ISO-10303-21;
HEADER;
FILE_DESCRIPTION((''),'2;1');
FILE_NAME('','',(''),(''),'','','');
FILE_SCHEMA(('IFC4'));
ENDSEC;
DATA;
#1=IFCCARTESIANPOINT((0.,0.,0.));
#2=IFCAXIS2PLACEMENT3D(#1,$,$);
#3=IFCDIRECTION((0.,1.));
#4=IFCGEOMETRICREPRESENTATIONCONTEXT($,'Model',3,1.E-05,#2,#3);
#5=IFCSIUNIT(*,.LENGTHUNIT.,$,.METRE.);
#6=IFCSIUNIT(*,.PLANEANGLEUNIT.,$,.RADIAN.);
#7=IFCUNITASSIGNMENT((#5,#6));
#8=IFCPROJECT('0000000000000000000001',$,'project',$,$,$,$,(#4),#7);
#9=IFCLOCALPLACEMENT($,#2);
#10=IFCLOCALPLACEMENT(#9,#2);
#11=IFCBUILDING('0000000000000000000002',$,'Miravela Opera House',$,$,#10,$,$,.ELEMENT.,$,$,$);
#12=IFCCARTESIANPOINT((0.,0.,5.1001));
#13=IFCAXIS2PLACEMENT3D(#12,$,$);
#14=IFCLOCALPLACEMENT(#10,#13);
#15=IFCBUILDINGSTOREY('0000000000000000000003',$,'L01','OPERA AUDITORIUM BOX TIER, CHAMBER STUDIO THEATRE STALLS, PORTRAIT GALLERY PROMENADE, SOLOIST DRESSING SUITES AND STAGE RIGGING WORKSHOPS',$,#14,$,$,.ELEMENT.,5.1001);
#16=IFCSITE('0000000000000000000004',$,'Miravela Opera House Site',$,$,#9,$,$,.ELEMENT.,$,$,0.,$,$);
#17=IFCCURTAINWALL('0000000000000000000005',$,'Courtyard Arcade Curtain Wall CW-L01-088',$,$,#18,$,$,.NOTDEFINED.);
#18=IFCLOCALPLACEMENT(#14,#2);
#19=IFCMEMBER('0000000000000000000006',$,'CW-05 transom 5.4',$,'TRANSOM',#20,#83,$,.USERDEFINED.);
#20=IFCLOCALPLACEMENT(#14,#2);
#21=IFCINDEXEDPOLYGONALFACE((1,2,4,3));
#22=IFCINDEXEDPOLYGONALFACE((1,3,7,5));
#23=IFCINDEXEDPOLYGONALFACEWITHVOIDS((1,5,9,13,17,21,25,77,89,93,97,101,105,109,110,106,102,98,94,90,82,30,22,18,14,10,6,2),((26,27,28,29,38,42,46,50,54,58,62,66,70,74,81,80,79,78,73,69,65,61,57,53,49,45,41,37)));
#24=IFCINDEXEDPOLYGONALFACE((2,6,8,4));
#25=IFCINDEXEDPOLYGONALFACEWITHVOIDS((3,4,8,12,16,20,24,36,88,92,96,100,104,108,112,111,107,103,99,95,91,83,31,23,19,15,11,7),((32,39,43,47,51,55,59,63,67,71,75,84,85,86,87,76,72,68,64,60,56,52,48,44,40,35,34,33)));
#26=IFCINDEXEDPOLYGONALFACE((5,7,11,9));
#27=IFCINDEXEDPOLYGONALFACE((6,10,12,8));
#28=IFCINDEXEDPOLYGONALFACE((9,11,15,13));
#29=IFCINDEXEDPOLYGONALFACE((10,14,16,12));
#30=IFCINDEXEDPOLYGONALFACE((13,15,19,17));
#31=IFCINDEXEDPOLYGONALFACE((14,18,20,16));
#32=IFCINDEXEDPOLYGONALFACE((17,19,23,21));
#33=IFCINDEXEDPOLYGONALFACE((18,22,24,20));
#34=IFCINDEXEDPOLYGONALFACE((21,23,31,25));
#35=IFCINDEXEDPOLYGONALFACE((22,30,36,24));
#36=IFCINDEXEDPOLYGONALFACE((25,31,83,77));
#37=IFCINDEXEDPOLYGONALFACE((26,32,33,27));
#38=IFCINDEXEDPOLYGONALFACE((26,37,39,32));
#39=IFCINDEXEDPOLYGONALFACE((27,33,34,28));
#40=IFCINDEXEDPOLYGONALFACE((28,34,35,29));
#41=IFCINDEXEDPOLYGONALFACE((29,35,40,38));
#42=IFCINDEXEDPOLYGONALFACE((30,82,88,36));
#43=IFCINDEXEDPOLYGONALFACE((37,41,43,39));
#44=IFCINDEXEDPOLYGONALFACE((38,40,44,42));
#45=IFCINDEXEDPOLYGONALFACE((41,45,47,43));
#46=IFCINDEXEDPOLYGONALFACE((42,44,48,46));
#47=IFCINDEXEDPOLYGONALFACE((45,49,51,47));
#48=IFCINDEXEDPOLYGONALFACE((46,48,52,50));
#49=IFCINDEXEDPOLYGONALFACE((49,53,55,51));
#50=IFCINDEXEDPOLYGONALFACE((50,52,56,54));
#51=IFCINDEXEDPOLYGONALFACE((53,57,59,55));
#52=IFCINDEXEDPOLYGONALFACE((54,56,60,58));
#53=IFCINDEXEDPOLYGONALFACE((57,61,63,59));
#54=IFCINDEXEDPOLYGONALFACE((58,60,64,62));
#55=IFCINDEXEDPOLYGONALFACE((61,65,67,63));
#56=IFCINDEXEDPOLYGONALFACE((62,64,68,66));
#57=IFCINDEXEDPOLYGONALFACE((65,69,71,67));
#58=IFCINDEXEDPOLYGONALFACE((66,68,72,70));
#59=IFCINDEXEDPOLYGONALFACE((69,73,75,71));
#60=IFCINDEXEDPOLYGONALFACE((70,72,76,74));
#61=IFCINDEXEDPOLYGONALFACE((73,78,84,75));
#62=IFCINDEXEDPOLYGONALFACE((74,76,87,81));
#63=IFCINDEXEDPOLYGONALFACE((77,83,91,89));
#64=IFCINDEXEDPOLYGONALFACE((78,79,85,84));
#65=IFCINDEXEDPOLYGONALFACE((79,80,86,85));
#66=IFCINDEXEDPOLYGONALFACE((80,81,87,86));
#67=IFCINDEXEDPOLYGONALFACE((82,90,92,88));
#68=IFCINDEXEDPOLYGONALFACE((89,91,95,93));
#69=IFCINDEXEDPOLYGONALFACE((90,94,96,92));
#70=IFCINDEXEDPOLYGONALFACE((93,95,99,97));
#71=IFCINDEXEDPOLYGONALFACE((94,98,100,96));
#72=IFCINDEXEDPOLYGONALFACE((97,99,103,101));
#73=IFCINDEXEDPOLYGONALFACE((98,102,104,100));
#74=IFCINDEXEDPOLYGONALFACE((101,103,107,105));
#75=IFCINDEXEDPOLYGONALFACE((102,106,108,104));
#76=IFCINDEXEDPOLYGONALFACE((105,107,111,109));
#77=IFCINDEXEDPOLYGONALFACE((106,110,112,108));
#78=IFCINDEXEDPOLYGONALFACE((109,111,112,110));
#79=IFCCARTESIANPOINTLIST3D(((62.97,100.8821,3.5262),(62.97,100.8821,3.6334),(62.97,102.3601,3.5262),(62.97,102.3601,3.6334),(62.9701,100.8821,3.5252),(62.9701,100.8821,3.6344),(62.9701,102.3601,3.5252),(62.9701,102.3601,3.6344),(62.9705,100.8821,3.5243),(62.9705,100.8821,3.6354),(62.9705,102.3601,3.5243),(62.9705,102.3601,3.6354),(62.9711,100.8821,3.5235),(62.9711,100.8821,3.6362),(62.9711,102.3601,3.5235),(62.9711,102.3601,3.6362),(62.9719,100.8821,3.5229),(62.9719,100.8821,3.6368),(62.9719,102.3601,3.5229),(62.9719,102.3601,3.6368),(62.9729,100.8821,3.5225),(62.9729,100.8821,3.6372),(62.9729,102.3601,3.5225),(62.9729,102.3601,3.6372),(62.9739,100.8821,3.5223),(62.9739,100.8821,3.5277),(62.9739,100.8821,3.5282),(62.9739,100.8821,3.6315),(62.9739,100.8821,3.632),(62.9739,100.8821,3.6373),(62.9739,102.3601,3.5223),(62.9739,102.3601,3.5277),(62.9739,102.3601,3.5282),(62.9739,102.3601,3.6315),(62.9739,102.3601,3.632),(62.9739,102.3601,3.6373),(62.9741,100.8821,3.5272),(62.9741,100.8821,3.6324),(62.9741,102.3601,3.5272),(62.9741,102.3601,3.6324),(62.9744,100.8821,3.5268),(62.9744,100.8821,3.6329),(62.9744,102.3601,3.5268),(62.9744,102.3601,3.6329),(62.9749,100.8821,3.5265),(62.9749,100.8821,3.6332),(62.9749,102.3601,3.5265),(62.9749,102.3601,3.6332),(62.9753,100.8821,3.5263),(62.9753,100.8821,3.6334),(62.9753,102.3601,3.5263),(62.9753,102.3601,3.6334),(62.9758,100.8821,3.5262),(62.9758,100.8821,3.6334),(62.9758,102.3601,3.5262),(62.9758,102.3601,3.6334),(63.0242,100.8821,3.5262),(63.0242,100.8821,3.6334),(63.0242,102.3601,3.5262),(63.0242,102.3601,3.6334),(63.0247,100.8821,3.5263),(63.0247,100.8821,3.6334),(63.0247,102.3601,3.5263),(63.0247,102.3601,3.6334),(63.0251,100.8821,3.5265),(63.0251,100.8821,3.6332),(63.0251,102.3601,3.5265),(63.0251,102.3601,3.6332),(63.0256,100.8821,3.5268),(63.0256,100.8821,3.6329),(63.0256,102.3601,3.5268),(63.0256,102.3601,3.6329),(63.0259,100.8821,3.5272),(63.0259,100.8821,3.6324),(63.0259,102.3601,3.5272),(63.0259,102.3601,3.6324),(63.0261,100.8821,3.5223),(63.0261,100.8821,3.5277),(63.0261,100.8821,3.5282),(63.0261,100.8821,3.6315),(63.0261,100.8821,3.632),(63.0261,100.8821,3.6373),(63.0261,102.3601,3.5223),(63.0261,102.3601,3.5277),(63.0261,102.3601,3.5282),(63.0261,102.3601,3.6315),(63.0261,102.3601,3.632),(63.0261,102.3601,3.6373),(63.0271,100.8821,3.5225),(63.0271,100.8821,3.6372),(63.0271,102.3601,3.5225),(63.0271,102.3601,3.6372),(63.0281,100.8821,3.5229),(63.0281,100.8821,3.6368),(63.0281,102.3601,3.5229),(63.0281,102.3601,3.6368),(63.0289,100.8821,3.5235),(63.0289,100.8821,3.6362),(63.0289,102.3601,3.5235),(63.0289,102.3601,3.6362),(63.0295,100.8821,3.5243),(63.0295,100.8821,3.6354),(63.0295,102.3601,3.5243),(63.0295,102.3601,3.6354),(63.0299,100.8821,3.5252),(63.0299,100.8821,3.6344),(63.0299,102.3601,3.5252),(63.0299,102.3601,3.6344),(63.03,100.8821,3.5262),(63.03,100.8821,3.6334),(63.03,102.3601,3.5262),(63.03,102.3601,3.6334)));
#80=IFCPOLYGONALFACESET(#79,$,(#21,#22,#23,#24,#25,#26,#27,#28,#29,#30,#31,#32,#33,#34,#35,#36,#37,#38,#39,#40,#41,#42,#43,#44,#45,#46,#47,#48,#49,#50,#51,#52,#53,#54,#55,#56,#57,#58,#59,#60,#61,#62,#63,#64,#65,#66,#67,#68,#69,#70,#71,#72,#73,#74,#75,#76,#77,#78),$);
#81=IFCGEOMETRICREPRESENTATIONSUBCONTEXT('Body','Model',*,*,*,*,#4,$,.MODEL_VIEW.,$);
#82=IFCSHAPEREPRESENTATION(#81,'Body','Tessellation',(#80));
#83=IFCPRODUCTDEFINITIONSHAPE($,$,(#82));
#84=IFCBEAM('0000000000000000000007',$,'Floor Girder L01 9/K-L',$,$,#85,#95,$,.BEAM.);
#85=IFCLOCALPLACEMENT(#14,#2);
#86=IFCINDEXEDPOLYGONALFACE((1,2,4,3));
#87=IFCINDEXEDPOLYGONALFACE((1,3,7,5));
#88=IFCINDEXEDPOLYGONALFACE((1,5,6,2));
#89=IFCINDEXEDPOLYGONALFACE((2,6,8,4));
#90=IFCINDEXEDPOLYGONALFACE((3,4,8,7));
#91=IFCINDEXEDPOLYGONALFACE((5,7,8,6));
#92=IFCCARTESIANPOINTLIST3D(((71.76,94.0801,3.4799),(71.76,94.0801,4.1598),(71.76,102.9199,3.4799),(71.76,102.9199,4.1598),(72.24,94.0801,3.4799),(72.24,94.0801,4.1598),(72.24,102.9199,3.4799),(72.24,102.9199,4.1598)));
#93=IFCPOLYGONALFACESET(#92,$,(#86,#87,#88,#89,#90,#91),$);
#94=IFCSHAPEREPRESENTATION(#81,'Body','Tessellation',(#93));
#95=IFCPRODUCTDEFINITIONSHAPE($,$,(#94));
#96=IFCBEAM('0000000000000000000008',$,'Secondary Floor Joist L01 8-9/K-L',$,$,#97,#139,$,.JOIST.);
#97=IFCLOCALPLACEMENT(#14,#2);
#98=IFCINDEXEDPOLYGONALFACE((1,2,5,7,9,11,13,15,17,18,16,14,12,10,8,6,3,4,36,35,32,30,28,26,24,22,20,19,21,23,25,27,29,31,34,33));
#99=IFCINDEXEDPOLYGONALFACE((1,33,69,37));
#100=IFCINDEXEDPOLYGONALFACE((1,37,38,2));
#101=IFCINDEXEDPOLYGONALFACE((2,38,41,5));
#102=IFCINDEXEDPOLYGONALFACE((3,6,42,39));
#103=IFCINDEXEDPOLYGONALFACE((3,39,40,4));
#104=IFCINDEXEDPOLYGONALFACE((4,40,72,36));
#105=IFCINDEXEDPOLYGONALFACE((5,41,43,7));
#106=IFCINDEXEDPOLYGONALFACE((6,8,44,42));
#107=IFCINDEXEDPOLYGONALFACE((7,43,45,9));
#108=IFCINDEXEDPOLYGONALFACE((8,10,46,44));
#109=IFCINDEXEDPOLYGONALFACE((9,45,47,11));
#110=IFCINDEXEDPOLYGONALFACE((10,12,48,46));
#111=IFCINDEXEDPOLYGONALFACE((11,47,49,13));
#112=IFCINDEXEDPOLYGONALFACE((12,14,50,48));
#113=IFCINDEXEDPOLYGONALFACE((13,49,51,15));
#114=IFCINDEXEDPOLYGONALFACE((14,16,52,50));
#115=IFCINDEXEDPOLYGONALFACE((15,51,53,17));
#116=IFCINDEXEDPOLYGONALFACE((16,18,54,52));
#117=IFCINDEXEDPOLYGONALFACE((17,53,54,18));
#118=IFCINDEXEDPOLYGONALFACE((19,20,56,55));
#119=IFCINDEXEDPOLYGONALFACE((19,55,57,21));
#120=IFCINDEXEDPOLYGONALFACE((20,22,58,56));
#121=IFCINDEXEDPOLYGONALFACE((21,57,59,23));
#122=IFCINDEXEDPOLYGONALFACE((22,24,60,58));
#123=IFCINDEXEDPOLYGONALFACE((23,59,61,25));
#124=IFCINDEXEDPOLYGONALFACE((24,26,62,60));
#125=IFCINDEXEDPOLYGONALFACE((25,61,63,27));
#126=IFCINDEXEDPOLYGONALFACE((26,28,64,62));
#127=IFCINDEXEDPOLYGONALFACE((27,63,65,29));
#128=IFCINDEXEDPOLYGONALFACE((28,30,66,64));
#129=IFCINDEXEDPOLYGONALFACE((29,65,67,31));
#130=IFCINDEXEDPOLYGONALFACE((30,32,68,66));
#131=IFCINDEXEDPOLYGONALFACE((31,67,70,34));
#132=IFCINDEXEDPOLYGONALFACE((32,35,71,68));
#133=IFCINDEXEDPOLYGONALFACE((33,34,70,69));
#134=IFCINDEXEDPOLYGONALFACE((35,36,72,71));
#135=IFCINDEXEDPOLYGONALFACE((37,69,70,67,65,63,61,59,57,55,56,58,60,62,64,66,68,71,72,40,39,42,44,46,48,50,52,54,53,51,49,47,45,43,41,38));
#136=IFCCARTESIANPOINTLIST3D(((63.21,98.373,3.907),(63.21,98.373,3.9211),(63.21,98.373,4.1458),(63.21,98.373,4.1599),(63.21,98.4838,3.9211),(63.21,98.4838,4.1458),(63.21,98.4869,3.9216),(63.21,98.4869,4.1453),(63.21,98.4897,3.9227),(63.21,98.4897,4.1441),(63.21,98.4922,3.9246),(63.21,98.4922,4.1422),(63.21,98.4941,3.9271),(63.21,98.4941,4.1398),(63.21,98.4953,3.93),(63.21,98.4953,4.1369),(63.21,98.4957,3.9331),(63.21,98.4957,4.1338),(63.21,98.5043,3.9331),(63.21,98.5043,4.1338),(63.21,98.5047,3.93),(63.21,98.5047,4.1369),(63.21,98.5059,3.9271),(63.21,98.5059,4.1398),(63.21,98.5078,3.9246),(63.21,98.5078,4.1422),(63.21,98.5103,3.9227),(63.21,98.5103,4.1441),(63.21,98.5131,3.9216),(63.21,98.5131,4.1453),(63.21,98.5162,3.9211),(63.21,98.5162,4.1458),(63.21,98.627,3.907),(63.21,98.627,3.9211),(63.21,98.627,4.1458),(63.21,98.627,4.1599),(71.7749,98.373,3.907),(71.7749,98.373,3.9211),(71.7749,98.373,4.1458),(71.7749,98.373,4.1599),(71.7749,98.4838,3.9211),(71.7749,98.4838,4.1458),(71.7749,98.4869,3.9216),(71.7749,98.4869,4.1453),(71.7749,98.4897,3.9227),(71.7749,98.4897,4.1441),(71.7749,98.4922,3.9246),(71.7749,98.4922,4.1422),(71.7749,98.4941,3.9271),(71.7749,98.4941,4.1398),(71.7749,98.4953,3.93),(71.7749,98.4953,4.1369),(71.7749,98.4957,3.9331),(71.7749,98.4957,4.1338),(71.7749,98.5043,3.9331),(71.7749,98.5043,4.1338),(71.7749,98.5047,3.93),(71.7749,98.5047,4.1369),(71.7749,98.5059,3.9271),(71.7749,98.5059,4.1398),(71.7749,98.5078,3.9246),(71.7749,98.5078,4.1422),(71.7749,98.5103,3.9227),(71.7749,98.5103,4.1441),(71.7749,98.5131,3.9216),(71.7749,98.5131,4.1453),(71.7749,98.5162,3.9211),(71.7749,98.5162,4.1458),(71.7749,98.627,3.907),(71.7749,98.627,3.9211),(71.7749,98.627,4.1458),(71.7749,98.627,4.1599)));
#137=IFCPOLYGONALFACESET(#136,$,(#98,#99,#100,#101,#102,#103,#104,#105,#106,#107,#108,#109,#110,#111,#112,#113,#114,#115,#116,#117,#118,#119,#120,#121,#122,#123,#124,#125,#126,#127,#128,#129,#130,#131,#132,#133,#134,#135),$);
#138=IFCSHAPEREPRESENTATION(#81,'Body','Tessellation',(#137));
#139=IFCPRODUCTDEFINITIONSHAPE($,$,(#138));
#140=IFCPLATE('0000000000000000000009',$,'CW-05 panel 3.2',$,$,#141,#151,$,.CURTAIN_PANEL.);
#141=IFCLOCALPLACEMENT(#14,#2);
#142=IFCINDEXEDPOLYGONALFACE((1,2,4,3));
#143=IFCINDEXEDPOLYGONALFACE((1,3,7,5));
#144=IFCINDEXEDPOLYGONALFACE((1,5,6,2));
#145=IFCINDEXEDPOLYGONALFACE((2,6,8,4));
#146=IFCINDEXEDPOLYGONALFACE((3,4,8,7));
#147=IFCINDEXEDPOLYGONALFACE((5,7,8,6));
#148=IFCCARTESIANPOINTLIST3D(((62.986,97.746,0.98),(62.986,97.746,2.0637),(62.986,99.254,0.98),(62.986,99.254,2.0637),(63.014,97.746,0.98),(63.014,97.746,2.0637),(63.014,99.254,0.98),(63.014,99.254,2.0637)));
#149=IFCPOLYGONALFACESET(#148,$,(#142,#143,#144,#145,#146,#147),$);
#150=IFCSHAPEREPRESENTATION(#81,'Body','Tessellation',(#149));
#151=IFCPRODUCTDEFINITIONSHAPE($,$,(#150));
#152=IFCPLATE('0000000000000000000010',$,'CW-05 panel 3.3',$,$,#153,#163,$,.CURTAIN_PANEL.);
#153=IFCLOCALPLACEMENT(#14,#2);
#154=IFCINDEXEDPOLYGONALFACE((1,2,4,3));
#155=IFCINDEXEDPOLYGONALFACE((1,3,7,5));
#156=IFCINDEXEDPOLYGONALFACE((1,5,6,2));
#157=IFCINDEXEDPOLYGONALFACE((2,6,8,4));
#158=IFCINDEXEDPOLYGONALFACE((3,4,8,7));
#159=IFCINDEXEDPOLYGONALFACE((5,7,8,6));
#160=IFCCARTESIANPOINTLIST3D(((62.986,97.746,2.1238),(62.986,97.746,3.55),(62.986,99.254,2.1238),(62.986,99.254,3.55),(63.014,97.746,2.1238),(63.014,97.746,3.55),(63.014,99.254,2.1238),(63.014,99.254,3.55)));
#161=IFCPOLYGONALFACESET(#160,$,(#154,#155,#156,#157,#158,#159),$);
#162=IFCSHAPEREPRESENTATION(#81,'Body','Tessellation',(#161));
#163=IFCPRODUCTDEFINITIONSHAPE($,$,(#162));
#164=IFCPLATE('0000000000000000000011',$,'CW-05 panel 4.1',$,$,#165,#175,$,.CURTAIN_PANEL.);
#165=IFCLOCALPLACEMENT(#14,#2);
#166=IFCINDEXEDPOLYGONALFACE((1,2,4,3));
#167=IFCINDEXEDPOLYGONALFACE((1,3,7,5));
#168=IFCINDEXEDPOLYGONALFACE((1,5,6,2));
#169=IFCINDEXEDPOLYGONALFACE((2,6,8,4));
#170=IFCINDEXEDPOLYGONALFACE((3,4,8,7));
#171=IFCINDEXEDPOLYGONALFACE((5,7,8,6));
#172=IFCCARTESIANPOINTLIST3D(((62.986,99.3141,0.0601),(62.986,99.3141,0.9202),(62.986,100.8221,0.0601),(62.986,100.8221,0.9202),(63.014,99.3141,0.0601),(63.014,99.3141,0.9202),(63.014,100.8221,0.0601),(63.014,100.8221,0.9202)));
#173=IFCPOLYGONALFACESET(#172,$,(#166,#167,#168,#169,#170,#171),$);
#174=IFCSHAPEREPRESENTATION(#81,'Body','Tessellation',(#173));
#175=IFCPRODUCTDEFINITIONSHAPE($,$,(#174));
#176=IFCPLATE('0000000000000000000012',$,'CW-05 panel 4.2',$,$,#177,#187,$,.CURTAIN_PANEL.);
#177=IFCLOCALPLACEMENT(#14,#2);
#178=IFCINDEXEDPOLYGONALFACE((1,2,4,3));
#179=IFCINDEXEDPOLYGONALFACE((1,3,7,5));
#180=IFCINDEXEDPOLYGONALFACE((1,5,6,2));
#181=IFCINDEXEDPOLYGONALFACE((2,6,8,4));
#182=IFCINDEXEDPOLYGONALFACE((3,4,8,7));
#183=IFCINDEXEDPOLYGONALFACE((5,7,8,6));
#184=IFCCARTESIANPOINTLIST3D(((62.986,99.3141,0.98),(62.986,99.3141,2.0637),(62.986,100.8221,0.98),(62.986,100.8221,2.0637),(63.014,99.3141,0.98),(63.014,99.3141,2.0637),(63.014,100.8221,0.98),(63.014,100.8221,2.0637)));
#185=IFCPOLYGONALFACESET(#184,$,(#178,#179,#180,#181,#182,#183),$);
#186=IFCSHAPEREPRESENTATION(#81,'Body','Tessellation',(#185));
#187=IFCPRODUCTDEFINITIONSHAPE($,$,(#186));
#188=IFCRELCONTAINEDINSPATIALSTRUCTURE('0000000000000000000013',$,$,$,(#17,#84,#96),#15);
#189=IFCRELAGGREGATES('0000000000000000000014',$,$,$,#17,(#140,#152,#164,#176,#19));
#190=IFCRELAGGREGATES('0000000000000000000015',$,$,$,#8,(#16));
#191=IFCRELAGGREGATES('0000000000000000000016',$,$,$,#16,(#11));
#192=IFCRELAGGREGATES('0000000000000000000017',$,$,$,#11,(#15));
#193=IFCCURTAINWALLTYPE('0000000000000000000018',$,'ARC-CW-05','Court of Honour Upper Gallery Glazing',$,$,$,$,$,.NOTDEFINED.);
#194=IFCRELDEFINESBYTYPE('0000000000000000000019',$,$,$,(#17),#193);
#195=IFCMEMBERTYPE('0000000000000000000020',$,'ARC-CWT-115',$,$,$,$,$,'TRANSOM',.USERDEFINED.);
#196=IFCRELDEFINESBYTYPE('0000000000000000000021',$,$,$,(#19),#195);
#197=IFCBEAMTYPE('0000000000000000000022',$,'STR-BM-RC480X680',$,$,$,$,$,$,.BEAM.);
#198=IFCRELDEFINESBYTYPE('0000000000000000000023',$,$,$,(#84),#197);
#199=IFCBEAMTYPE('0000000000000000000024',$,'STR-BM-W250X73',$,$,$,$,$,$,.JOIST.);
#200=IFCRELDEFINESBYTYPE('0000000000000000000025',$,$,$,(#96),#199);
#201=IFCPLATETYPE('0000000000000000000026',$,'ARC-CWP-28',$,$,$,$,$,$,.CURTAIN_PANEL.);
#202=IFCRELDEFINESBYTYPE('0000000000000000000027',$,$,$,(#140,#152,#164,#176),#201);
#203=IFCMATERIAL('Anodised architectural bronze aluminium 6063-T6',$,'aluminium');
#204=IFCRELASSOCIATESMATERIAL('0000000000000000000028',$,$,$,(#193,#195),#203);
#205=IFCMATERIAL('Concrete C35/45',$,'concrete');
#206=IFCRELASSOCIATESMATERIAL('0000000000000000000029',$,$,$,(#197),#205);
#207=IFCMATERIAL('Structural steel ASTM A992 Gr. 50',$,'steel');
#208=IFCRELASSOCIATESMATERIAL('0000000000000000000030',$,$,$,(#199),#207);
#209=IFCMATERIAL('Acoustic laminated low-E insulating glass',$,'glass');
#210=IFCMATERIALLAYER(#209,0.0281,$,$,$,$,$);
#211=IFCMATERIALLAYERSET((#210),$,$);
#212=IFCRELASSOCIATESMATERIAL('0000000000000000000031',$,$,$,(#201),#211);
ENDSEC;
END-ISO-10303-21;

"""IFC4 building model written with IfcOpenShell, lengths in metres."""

from ifc_helpers import new_model, si_unit, direction, frame, origin, origin_2d, place, context, subcontext, project, spatial, rectangle, hollow_rectangle, i_section, extrude, material, layer, layer_set, material_profile, profile_set, type_object, element, aggregate, save


model = new_model("IFC4")

# Units and contexts
model_context = context("Model", 3, precision=1e-05, world=origin(), true_north=direction((0.0, 1.0)))
body_context = subcontext(model_context, "Body", "Model", "MODEL_VIEW")
ifc_project = project(units=[si_unit("LENGTHUNIT", "METRE"), si_unit("PLANEANGLEUNIT", "RADIAN")], contexts=[model_context])

# Site, building, storey
site_placement = place(None, origin())
site = spatial("IfcSite", under=ifc_project, at=site_placement, Name="Miravela Opera House Site", CompositionType="ELEMENT", RefElevation=0.0)
building_placement = place(site_placement, origin())
building = spatial("IfcBuilding", under=site, at=building_placement, Name="Miravela Opera House", CompositionType="ELEMENT")
storey_placement = place(building_placement, frame((0.0, 0.0, 5.1001)))
storey = spatial("IfcBuildingStorey", under=building, at=storey_placement, Name="L01", Description="OPERA AUDITORIUM BOX TIER, CHAMBER STUDIO THEATRE STALLS, PORTRAIT GALLERY PROMENADE, SOLOIST DRESSING SUITES AND STAGE RIGGING WORKSHOPS", CompositionType="ELEMENT", Elevation=5.1001)

# Curtain wall, member
ifc_material_1 = material(Name="Anodised architectural bronze aluminium 6063-T6", Category="aluminium")
curtain_wall_type = type_object("IfcCurtainWallType", Name="ARC-CW-05", Description="Court of Honour Upper Gallery Glazing", PredefinedType="NOTDEFINED", material=ifc_material_1)
curtain_wall_placement = place(storey_placement, origin())
curtain_wall = element("IfcCurtainWall", 1, at=curtain_wall_placement, inside=storey, type_object=curtain_wall_type, Name="Courtyard Arcade Curtain Wall CW-L01-088", PredefinedType="NOTDEFINED")
ifc_material_profile_1 = material_profile(ifc_material_1, hollow_rectangle(XDim=0.0601, YDim=0.115, WallThickness=0.0039, InnerFilletRadius=0.002, OuterFilletRadius=0.0039, at=origin_2d()), Name="CWT-60X115")
ifc_profile_set_1 = profile_set([ifc_material_profile_1])
member_type_1 = type_object("IfcMemberType", Name="ARC-CWT-115", ElementType="TRANSOM", PredefinedType="USERDEFINED", material=ifc_profile_set_1)
member_1_placement = place(storey_placement, frame((63.0, 100.8821, 3.5798), z_axis=(0.0, 1.0, 0.0), x_axis=(-1.0, 0.0, 0.0)))
member_1 = element("IfcMember", 2, at=member_1_placement, type_object=member_type_1, Name="CW-05 transom 5.4", ObjectType="TRANSOM", PredefinedType="USERDEFINED", context=body_context, shape_type="SweptSolid", body=[
    extrude(hollow_rectangle(XDim=0.0601, YDim=0.115, WallThickness=0.0039, InnerFilletRadius=0.002, OuterFilletRadius=0.0039, at=origin_2d()), origin(), (0.0, 0.0, 1.0), 1.478),
])

# Beams
ifc_material_2 = material(Name="Concrete C35/45", Category="concrete")
ifc_material_profile_2 = material_profile(ifc_material_2, rectangle(XDim=0.48, YDim=0.6799, at=origin_2d()), Name="RC-BM-480X680")
ifc_profile_set_2 = profile_set([ifc_material_profile_2])
beam_type_1 = type_object("IfcBeamType", Name="STR-BM-RC480X680", PredefinedType="BEAM", material=ifc_profile_set_2)
beam_1_placement = place(storey_placement, frame((72.0, 94.0801, 3.8198), z_axis=(0.0, 1.0, 0.0), x_axis=(-1.0, 0.0, 0.0)))
element("IfcBeam", 3, at=beam_1_placement, inside=storey, type_object=beam_type_1, Name="Floor Girder L01 9/K-L", PredefinedType="BEAM", context=body_context, shape_type="SweptSolid", body=[
    extrude(rectangle(XDim=0.48, YDim=0.6799, at=origin_2d()), origin(), (0.0, 0.0, 1.0), 8.8398),
])
ifc_material_3 = material(Name="Structural steel ASTM A992 Gr. 50", Category="steel")
ifc_material_profile_3 = material_profile(ifc_material_3, i_section(OverallWidth=0.2539, OverallDepth=0.2529, WebThickness=0.0085, FlangeThickness=0.0142, FilletRadius=0.012, at=origin_2d()), Name="W250X73")
ifc_profile_set_3 = profile_set([ifc_material_profile_3])
beam_type_2 = type_object("IfcBeamType", Name="STR-BM-W250X73", PredefinedType="JOIST", material=ifc_profile_set_3)
beam_2_placement = place(storey_placement, frame((63.21, 98.5, 4.0334), z_axis=(1.0, 0.0, 0.0), x_axis=(0.0, 1.0, 0.0)))
element("IfcBeam", 4, at=beam_2_placement, inside=storey, type_object=beam_type_2, Name="Secondary Floor Joist L01 8-9/K-L", PredefinedType="JOIST", context=body_context, shape_type="SweptSolid", body=[
    extrude(i_section(OverallWidth=0.2539, OverallDepth=0.2529, WebThickness=0.0085, FlangeThickness=0.0142, FilletRadius=0.012, at=origin_2d()), origin(), (0.0, 0.0, 1.0), 8.5649),
])

# Plates
ifc_material_4 = material(Name="Acoustic laminated low-E insulating glass", Category="glass")
ifc_layer_1 = layer(ifc_material_4, 0.0281)
ifc_layer_set_1 = layer_set([ifc_layer_1])
plate_type = type_object("IfcPlateType", Name="ARC-CWP-28", PredefinedType="CURTAIN_PANEL", material=ifc_layer_set_1)
plate_1_placement = place(storey_placement, frame((63.0, 98.5, 0.98), z_axis=(0.0, 0.0, 1.0), x_axis=(0.0, 1.0, 0.0)))
plate_1 = element("IfcPlate", 5, at=plate_1_placement, type_object=plate_type, Name="CW-05 panel 3.2", PredefinedType="CURTAIN_PANEL", context=body_context, shape_type="SweptSolid", body=[
    extrude(rectangle(XDim=1.5081, YDim=0.0281, at=origin_2d()), origin(), (0.0, 0.0, 1.0), 1.0837),
])
plate_2_placement = place(storey_placement, frame((63.0, 98.5, 2.1238), z_axis=(0.0, 0.0, 1.0), x_axis=(0.0, 1.0, 0.0)))
plate_2 = element("IfcPlate", 6, at=plate_2_placement, type_object=plate_type, Name="CW-05 panel 3.3", PredefinedType="CURTAIN_PANEL", context=body_context, shape_type="SweptSolid", body=[
    extrude(rectangle(XDim=1.5081, YDim=0.0281, at=origin_2d()), origin(), (0.0, 0.0, 1.0), 1.4263),
])
plate_3_placement = place(storey_placement, frame((63.0, 100.0681, 0.0601), z_axis=(0.0, 0.0, 1.0), x_axis=(0.0, 1.0, 0.0)))
plate_3 = element("IfcPlate", 7, at=plate_3_placement, type_object=plate_type, Name="CW-05 panel 4.1", PredefinedType="CURTAIN_PANEL", context=body_context, shape_type="SweptSolid", body=[
    extrude(rectangle(XDim=1.5081, YDim=0.0281, at=origin_2d()), origin(), (0.0, 0.0, 1.0), 0.8601),
])
plate_4_placement = place(storey_placement, frame((63.0, 100.0681, 0.98), z_axis=(0.0, 0.0, 1.0), x_axis=(0.0, 1.0, 0.0)))
plate_4 = element("IfcPlate", 8, at=plate_4_placement, type_object=plate_type, Name="CW-05 panel 4.2", PredefinedType="CURTAIN_PANEL", context=body_context, shape_type="SweptSolid", body=[
    extrude(rectangle(XDim=1.5081, YDim=0.0281, at=origin_2d()), origin(), (0.0, 0.0, 1.0), 1.0837),
])
aggregate(curtain_wall, [plate_1, plate_2, plate_3, plate_4, member_1])

save(model, "model.ifc")
